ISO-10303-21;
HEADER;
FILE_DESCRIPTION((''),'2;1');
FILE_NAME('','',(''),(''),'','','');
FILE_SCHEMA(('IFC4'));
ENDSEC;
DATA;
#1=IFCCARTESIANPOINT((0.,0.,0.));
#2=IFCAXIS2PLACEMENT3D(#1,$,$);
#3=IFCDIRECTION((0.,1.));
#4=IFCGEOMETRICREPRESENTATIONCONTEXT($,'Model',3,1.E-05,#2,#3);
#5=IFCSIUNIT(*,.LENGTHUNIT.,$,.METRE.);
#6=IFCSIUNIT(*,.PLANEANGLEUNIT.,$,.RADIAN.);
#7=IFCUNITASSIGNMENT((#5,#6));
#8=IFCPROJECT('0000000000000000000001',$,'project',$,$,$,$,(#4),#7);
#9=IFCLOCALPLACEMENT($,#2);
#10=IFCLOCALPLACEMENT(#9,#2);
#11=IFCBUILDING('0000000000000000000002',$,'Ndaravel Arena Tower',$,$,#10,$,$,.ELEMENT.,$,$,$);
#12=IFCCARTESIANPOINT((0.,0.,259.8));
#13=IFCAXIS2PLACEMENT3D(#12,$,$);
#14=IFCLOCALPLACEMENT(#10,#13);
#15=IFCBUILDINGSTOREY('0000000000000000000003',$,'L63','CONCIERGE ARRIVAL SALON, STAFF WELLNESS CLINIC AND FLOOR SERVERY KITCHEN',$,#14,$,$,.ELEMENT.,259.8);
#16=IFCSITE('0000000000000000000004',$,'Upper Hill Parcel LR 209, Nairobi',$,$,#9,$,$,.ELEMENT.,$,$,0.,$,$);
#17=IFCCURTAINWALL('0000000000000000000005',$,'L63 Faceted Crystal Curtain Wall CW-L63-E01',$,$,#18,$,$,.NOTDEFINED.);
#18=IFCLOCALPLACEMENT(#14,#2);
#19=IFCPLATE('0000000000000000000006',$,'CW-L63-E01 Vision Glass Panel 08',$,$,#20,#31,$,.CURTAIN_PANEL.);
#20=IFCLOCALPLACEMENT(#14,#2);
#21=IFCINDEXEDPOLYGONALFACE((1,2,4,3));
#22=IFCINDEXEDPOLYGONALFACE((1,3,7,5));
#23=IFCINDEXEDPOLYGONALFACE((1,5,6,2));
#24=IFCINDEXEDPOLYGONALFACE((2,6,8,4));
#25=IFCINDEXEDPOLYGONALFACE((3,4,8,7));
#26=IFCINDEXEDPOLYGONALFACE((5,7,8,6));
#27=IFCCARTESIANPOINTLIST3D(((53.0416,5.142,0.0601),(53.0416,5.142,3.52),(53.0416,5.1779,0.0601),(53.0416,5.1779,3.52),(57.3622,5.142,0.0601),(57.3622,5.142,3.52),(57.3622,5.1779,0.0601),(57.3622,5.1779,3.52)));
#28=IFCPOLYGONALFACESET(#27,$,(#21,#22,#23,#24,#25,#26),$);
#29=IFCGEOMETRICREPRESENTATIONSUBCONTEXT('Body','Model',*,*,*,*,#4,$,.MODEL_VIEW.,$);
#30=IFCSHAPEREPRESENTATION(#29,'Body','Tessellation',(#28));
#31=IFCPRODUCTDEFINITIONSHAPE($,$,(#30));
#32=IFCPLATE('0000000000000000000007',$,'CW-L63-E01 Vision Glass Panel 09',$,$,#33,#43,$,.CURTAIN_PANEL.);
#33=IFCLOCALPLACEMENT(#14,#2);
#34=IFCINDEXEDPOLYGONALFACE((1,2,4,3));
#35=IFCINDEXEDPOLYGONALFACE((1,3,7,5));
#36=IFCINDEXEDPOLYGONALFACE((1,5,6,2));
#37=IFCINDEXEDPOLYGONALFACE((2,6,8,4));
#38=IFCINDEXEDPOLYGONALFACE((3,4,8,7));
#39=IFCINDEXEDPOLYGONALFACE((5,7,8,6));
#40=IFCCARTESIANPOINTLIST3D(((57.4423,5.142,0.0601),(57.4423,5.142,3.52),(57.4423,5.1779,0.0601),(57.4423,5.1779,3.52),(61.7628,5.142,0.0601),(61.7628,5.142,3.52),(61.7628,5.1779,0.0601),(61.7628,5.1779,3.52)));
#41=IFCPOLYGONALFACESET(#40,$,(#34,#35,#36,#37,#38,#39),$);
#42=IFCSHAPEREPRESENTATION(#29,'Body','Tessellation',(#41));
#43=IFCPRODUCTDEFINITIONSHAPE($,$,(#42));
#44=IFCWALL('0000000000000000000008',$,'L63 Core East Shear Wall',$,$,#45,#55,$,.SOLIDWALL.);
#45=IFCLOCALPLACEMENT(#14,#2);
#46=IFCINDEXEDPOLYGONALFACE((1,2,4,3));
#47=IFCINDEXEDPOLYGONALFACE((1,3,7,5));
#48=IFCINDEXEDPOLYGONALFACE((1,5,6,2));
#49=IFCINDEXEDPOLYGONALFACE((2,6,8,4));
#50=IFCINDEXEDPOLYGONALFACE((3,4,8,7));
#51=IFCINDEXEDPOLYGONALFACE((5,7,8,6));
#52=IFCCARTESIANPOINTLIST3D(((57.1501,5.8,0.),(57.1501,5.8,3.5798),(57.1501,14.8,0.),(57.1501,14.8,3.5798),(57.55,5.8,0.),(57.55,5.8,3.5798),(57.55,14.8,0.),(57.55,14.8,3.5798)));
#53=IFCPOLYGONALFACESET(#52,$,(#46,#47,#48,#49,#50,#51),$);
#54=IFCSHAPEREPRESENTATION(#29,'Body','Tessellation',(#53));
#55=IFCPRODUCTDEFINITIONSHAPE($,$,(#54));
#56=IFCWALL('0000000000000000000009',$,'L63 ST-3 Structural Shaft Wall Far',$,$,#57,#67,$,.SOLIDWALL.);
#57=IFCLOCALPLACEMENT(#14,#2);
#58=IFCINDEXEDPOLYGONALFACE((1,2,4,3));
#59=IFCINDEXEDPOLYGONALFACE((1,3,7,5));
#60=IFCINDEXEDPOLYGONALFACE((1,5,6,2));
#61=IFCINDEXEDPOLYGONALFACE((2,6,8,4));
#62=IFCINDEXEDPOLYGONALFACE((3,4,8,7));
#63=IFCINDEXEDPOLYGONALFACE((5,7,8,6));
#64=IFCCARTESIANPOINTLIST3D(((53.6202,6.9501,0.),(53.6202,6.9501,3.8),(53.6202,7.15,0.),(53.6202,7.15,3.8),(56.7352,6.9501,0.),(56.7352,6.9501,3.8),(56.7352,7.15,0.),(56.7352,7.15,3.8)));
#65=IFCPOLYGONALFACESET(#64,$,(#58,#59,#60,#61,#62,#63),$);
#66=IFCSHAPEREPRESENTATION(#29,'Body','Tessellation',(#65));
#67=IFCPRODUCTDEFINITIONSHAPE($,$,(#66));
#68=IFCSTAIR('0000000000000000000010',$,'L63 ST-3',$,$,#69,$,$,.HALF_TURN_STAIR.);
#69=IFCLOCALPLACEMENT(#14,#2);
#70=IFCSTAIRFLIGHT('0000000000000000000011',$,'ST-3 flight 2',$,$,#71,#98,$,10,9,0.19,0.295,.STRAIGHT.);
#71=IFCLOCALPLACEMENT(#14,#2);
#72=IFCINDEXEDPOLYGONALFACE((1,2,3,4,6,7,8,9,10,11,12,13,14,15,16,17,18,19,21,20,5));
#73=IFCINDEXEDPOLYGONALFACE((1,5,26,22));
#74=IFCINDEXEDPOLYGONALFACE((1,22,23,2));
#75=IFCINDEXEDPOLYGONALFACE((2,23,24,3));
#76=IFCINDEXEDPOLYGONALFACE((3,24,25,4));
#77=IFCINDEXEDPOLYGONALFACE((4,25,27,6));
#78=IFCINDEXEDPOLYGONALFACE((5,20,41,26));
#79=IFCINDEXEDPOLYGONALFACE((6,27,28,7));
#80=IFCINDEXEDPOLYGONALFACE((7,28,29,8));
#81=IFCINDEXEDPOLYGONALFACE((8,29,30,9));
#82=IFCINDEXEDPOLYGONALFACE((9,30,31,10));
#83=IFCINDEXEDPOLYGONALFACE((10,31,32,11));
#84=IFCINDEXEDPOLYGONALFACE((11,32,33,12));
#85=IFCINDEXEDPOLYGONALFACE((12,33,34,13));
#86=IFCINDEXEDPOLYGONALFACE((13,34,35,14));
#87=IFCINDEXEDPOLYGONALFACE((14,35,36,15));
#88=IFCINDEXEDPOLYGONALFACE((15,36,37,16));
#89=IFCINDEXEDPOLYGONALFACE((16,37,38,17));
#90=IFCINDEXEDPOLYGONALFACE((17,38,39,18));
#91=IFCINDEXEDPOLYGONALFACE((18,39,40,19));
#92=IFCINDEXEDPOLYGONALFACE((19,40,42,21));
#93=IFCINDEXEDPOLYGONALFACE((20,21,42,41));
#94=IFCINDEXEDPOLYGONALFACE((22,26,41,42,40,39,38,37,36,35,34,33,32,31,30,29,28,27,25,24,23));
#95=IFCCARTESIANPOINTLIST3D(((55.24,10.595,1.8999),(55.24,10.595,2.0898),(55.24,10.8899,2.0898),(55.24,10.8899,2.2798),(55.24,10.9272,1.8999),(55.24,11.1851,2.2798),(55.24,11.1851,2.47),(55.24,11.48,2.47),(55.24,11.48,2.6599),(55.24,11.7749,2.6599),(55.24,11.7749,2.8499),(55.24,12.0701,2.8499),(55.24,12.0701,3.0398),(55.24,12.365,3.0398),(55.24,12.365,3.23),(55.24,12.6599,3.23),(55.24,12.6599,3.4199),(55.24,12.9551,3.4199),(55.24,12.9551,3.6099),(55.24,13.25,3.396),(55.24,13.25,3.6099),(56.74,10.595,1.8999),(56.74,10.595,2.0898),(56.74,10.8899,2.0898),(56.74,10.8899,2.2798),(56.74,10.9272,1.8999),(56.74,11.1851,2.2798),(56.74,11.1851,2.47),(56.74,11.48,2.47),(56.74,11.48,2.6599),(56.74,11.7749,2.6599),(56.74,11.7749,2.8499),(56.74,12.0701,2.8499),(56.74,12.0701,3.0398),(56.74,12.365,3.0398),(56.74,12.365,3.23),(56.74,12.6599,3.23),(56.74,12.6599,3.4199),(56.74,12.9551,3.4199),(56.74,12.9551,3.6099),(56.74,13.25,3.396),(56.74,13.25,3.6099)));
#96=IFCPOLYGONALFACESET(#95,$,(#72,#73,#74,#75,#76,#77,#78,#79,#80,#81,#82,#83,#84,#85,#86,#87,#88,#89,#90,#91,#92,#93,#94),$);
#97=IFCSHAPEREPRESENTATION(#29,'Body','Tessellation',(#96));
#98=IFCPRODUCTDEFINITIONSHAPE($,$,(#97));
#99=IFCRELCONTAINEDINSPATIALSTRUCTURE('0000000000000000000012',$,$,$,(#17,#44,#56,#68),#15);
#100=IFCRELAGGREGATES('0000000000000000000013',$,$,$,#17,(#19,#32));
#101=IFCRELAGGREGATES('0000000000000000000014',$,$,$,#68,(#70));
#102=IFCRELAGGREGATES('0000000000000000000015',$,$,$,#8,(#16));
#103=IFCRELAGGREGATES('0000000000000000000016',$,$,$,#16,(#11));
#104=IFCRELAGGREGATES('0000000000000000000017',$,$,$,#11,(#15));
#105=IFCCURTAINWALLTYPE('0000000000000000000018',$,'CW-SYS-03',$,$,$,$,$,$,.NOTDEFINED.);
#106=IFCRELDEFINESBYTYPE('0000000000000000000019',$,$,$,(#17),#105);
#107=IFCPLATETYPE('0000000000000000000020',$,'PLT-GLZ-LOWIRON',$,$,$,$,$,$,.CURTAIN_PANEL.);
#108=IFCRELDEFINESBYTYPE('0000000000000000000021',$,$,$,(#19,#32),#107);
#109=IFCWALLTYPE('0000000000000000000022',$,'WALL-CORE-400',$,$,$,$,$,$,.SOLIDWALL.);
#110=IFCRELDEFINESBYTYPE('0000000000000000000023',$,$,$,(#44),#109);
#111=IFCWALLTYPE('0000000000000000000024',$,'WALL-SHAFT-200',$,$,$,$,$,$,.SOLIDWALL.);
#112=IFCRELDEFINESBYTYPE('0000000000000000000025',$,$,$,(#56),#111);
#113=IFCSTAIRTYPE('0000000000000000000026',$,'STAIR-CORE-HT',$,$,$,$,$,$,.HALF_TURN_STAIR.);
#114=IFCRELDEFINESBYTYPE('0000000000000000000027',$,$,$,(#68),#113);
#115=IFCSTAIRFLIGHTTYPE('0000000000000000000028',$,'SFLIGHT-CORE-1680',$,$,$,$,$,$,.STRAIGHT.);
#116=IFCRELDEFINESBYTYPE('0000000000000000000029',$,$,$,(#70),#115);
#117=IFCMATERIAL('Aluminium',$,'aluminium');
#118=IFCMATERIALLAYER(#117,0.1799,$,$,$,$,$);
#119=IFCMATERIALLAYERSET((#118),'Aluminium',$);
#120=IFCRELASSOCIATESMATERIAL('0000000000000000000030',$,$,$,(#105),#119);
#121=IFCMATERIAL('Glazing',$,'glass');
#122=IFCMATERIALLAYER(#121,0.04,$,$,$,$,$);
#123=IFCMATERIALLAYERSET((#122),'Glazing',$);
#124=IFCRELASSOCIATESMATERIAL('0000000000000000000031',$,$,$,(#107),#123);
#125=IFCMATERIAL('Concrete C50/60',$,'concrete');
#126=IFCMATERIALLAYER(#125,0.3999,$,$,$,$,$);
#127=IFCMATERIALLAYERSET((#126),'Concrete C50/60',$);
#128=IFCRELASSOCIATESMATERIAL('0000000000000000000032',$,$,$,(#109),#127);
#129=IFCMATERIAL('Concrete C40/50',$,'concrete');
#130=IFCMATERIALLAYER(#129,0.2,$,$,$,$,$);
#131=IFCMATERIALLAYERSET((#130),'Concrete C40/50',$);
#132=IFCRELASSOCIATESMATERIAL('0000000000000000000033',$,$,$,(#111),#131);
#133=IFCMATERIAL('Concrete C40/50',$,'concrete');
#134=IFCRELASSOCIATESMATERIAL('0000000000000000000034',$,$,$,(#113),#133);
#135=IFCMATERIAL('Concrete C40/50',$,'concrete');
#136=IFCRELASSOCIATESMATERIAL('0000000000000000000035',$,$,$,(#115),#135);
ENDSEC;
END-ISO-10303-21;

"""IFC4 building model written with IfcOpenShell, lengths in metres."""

from ifc_helpers import new_model, si_unit, direction, frame, frame_2d, origin, origin_2d, place, context, subcontext, project, spatial, polyline, rectangle, outline, extrude, material, layer, layer_set, type_object, element, aggregate, save


model = new_model("IFC4")

# Units and contexts
model_context = context("Model", 3, precision=1e-05, world=origin(), true_north=direction((0.0, 1.0)))
body_context = subcontext(model_context, "Body", "Model", "MODEL_VIEW")
ifc_project = project(units=[si_unit("LENGTHUNIT", "METRE"), si_unit("PLANEANGLEUNIT", "RADIAN")], contexts=[model_context])

# Site, building, storey
site_placement = place(None, origin())
site = spatial("IfcSite", under=ifc_project, at=site_placement, Name="Upper Hill Parcel LR 209, Nairobi", CompositionType="ELEMENT", RefElevation=0.0)
building_placement = place(site_placement, origin())
building = spatial("IfcBuilding", under=site, at=building_placement, Name="Ndaravel Arena Tower", CompositionType="ELEMENT")
storey_placement = place(building_placement, frame((0.0, 0.0, 259.8)))
storey = spatial("IfcBuildingStorey", under=building, at=storey_placement, Name="L63", Description="CONCIERGE ARRIVAL SALON, STAFF WELLNESS CLINIC AND FLOOR SERVERY KITCHEN", CompositionType="ELEMENT", Elevation=259.8)

# Curtain wall
ifc_material_1 = material(Name="Aluminium", Category="aluminium")
ifc_layer_1 = layer(ifc_material_1, 0.1799)
ifc_layer_set_1 = layer_set([ifc_layer_1], Name="Aluminium")
curtain_wall_type_1 = type_object("IfcCurtainWallType", Name="CW-SYS-03", PredefinedType="NOTDEFINED", material=ifc_layer_set_1)
curtain_wall_1_placement = place(storey_placement, origin())
curtain_wall_1 = element("IfcCurtainWall", 1, at=curtain_wall_1_placement, inside=storey, type_object=curtain_wall_type_1, Name="L63 Faceted Crystal Curtain Wall CW-L63-E01", PredefinedType="NOTDEFINED")

# Plates
ifc_material_2 = material(Name="Glazing", Category="glass")
ifc_layer_2 = layer(ifc_material_2, 0.04)
ifc_layer_set_2 = layer_set([ifc_layer_2], Name="Glazing")
plate_type_1 = type_object("IfcPlateType", Name="PLT-GLZ-LOWIRON", PredefinedType="CURTAIN_PANEL", material=ifc_layer_set_2)
plate_1_placement = place(storey_placement, frame((55.2019, 5.1599, 0.0601), z_axis=(0.0, 0.0, 1.0), x_axis=(1.0, 0.0, 0.0)))
plate_1 = element("IfcPlate", 2, at=plate_1_placement, type_object=plate_type_1, Name="CW-L63-E01 Vision Glass Panel 08", PredefinedType="CURTAIN_PANEL", context=body_context, shape_type="SweptSolid", body=[
    extrude(rectangle(XDim=4.3206, YDim=0.0359, at=origin_2d()), origin(), (0.0, 0.0, 1.0), 3.46),
])
plate_2_placement = place(storey_placement, frame((59.6025, 5.1599, 0.0601), z_axis=(0.0, 0.0, 1.0), x_axis=(1.0, 0.0, 0.0)))
plate_2 = element("IfcPlate", 3, at=plate_2_placement, type_object=plate_type_1, Name="CW-L63-E01 Vision Glass Panel 09", PredefinedType="CURTAIN_PANEL", context=body_context, shape_type="SweptSolid", body=[
    extrude(rectangle(XDim=4.3206, YDim=0.0359, at=origin_2d()), origin(), (0.0, 0.0, 1.0), 3.46),
])
aggregate(curtain_wall_1, [plate_1, plate_2])

# Walls
ifc_material_3 = material(Name="Concrete C50/60", Category="concrete")
ifc_layer_3 = layer(ifc_material_3, 0.3999)
ifc_layer_set_3 = layer_set([ifc_layer_3], Name="Concrete C50/60")
wall_type_1 = type_object("IfcWallType", Name="WALL-CORE-400", PredefinedType="SOLIDWALL", material=ifc_layer_set_3)
wall_1_placement = place(storey_placement, frame((57.3501, 5.8, 0.0), z_axis=(0.0, 0.0, 1.0), x_axis=(0.0, 1.0, 0.0)))
element("IfcWall", 4, at=wall_1_placement, inside=storey, type_object=wall_type_1, Name="L63 Core East Shear Wall", PredefinedType="SOLIDWALL", context=body_context, shape_type="SweptSolid", body=[
    extrude(rectangle(XDim=9.0, YDim=0.3999, at=frame_2d((4.5, 0.0))), origin(), (0.0, 0.0, 1.0), 3.5798),
])
ifc_material_4 = material(Name="Concrete C40/50", Category="concrete")
ifc_layer_4 = layer(ifc_material_4, 0.2)
ifc_layer_set_4 = layer_set([ifc_layer_4], Name="Concrete C40/50")
wall_type_2 = type_object("IfcWallType", Name="WALL-SHAFT-200", PredefinedType="SOLIDWALL", material=ifc_layer_set_4)
wall_2_placement = place(storey_placement, frame((53.6201, 7.05, 0.0), z_axis=(0.0, 0.0, 1.0), x_axis=(1.0, 0.0, 0.0)))
element("IfcWall", 5, at=wall_2_placement, inside=storey, type_object=wall_type_2, Name="L63 ST-3 Structural Shaft Wall Far", PredefinedType="SOLIDWALL", context=body_context, shape_type="SweptSolid", body=[
    extrude(rectangle(XDim=3.115, YDim=0.2, at=frame_2d((1.5576, 0.0))), origin(), (0.0, 0.0, 1.0), 3.8),
])

# Stair, stair flight
ifc_material_5 = material(Name="Concrete C40/50", Category="concrete")
stair_type = type_object("IfcStairType", Name="STAIR-CORE-HT", PredefinedType="HALF_TURN_STAIR", material=ifc_material_5)
stair_placement = place(storey_placement, origin())
stair = element("IfcStair", 6, at=stair_placement, inside=storey, type_object=stair_type, Name="L63 ST-3", PredefinedType="HALF_TURN_STAIR")
ifc_material_6 = material(Name="Concrete C40/50", Category="concrete")
stair_flight_type = type_object("IfcStairFlightType", Name="SFLIGHT-CORE-1680", PredefinedType="STRAIGHT", material=ifc_material_6)
stair_flight_placement = place(storey_placement, frame((55.99, 10.595, 1.8999), z_axis=(0.0, 0.0, 1.0), x_axis=(0.0, 1.0, 0.0)))
stair_flight = element("IfcStairFlight", 7, at=stair_flight_placement, type_object=stair_flight_type, Name="ST-3 flight 2", NumberOfRisers=10, NumberOfTreads=9, PredefinedType="STRAIGHT", RiserHeight=0.19, TreadLength=0.295, context=body_context, shape_type="SweptSolid", body=[
    extrude(outline(polyline([(0.0, 0.0), (0.0, 0.1899), (0.2949, 0.1899), (0.2949, 0.3799), (0.5901, 0.3799), (0.5901, 0.5701), (0.885, 0.5701), (0.885, 0.76), (1.1799, 0.76), (1.1799, 0.95), (1.4751, 0.95), (1.4751, 1.1399), (1.77, 1.1399), (1.77, 1.3301), (2.0649, 1.3301), (2.0649, 1.52), (2.3601, 1.52), (2.3601, 1.71), (2.655, 1.71), (2.655, 1.8999), (2.655, 1.4961), (0.3323, 0.0), (0.0, 0.0)])), frame((0.0, 0.75, 0.0), z_axis=(0.0, -1.0, 0.0), x_axis=(1.0, 0.0, 0.0)), (0.0, 0.0, 1.0), 1.5),
])
aggregate(stair, [stair_flight])

save(model, "model.ifc")
